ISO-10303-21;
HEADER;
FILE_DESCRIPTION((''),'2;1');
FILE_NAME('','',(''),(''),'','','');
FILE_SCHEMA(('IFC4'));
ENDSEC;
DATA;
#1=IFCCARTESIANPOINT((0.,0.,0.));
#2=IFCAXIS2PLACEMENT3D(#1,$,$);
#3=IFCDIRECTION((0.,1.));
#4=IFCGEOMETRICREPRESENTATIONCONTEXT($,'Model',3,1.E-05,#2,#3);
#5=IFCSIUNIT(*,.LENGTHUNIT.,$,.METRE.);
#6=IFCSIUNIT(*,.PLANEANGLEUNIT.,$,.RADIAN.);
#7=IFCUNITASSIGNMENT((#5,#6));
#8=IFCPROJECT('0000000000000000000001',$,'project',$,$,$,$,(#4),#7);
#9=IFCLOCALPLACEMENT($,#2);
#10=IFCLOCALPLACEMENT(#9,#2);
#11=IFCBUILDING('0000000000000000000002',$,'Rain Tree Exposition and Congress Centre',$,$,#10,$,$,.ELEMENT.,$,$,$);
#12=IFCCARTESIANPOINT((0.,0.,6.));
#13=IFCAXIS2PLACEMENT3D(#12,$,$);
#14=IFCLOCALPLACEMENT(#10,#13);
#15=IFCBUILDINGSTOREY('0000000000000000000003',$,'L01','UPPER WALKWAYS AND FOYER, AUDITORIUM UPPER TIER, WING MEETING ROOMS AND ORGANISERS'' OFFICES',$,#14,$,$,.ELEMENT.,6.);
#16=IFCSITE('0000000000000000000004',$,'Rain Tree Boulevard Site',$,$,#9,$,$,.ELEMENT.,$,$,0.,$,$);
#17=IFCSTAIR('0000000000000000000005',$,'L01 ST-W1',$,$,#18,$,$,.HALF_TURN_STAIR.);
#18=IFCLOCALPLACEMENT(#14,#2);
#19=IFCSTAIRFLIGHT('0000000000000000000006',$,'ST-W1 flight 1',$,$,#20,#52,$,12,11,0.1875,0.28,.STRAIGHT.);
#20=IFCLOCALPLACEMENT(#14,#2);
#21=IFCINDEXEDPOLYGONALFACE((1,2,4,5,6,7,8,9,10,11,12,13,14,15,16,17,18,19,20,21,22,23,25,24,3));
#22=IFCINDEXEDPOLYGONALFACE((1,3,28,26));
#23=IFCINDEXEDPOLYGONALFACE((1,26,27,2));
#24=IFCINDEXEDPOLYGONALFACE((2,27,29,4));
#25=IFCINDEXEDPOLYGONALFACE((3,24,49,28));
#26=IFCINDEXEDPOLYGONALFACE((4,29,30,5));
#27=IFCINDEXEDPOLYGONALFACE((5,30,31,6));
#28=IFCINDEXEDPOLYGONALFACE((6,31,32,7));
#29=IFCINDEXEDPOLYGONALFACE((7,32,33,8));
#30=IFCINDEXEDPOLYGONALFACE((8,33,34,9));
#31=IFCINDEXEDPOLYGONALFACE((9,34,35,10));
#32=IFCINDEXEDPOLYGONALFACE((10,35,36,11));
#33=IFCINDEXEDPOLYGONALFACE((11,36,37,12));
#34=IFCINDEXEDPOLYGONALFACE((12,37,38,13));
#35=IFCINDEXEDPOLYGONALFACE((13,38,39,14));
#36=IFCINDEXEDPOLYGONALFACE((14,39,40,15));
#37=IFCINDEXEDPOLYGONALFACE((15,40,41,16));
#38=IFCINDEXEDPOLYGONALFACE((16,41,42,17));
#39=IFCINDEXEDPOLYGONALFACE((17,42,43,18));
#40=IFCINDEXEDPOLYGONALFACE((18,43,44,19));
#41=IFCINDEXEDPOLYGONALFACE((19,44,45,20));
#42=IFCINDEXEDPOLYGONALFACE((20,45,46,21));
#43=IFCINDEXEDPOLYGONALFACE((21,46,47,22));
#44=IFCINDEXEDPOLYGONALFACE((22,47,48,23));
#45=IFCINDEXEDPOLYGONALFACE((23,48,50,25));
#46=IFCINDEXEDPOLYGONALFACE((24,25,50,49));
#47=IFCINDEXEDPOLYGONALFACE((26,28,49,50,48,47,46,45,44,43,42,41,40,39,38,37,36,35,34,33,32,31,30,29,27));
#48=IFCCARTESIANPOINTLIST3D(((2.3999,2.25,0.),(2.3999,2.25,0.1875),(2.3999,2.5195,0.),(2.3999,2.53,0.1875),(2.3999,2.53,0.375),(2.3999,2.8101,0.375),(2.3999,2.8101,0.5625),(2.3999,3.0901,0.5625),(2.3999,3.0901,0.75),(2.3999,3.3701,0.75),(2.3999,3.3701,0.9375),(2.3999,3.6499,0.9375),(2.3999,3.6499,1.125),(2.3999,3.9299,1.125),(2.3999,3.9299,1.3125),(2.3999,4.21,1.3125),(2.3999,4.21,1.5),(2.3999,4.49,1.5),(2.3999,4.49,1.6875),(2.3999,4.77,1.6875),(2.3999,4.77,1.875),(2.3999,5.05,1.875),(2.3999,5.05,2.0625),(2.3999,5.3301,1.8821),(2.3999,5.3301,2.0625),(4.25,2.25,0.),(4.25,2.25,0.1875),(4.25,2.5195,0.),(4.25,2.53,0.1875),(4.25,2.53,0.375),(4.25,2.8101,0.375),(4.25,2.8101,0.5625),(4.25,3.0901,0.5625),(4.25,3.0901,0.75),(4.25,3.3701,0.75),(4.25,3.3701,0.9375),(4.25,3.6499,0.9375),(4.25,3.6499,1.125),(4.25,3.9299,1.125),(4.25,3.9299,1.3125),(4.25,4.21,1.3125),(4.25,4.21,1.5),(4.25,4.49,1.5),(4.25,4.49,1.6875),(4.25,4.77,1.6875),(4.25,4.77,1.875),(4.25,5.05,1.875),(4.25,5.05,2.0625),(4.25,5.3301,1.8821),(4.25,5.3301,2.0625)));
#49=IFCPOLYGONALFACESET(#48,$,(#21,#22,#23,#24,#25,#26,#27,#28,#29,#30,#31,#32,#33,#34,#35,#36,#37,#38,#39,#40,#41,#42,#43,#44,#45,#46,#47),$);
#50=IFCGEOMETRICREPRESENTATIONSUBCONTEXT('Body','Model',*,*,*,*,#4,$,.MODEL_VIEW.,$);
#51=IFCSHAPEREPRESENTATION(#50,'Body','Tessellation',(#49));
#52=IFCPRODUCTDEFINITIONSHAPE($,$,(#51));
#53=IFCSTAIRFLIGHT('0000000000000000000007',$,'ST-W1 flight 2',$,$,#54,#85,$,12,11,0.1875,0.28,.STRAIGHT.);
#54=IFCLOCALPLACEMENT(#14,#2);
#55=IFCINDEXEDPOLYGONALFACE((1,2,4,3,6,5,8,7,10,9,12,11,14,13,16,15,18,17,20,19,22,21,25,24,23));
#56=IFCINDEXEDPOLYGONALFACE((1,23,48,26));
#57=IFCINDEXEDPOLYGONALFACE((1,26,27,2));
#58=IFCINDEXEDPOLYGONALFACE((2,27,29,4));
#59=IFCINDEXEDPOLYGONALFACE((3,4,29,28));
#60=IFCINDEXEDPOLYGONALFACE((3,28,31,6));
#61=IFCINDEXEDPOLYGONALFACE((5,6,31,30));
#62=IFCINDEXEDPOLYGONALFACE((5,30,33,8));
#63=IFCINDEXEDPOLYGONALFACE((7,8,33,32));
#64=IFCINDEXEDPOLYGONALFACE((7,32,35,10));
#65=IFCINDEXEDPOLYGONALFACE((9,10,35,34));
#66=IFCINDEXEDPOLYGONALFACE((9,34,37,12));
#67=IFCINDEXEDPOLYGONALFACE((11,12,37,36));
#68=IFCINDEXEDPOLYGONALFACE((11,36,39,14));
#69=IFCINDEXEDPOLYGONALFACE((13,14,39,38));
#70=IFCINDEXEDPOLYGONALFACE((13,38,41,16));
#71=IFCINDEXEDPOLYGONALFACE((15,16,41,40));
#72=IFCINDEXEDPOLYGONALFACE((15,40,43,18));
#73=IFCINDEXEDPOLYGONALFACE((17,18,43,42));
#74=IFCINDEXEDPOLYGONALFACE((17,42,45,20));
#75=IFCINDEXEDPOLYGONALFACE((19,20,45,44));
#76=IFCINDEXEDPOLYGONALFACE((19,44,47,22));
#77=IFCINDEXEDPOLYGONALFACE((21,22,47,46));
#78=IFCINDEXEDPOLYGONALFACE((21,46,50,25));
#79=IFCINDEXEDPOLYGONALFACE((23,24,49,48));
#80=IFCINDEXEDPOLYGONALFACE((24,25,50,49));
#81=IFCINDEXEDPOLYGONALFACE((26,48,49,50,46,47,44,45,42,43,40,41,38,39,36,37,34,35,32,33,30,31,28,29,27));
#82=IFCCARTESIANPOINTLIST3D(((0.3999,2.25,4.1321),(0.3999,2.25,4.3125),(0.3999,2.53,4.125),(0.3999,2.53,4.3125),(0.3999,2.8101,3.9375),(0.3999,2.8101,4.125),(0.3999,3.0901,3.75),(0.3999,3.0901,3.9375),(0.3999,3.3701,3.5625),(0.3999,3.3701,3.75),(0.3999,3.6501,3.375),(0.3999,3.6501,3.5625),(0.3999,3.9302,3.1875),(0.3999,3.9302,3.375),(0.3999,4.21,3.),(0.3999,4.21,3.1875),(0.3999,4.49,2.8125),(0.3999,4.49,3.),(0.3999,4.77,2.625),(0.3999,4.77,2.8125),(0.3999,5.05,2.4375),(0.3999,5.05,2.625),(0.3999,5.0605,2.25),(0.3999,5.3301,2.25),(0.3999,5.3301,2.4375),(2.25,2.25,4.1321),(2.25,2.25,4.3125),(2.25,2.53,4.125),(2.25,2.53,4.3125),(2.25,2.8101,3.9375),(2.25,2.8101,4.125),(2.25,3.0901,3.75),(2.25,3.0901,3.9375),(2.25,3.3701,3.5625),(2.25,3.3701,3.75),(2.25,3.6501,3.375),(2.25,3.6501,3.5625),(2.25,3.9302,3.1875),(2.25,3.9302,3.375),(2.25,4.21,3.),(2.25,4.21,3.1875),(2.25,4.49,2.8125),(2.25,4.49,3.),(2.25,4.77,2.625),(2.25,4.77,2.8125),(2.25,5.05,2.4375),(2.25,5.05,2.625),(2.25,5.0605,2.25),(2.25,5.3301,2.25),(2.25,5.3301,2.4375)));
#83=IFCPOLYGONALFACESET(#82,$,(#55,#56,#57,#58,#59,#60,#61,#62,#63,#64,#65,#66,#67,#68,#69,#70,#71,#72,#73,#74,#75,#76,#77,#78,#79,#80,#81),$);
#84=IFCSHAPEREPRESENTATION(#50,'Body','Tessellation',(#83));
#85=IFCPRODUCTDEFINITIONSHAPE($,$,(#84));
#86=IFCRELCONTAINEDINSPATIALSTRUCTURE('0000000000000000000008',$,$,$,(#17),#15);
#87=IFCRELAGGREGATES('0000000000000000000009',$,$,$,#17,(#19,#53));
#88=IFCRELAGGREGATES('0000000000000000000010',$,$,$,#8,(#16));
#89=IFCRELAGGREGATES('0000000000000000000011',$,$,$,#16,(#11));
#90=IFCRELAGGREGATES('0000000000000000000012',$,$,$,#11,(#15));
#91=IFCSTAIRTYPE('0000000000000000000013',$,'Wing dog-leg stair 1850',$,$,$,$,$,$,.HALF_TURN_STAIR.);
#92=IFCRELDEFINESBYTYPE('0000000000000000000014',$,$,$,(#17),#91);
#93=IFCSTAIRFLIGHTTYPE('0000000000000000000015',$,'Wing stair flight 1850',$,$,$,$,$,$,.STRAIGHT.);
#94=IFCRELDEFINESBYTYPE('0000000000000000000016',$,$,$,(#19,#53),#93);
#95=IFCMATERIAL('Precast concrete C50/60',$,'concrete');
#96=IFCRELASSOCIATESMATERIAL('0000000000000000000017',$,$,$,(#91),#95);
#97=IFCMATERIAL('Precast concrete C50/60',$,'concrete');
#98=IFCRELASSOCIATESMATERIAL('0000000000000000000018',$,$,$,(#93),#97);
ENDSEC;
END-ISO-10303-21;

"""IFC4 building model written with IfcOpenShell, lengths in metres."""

from ifc_helpers import new_model, si_unit, direction, frame, origin, place, context, subcontext, project, spatial, polyline, outline, extrude, material, type_object, element, aggregate, save


model = new_model("IFC4")

# Units and contexts
model_context = context("Model", 3, precision=1e-05, world=origin(), true_north=direction((0.0, 1.0)))
body_context = subcontext(model_context, "Body", "Model", "MODEL_VIEW")
ifc_project = project(units=[si_unit("LENGTHUNIT", "METRE"), si_unit("PLANEANGLEUNIT", "RADIAN")], contexts=[model_context])

# Site, building, storey
site_placement = place(None, origin())
site = spatial("IfcSite", under=ifc_project, at=site_placement, Name="Rain Tree Boulevard Site", CompositionType="ELEMENT", RefElevation=0.0)
building_placement = place(site_placement, origin())
building = spatial("IfcBuilding", under=site, at=building_placement, Name="Rain Tree Exposition and Congress Centre", CompositionType="ELEMENT")
storey_placement = place(building_placement, frame((0.0, 0.0, 6.0)))
storey = spatial("IfcBuildingStorey", under=building, at=storey_placement, Name="L01", Description="UPPER WALKWAYS AND FOYER, AUDITORIUM UPPER TIER, WING MEETING ROOMS AND ORGANISERS' OFFICES", CompositionType="ELEMENT", Elevation=6.0)

# Stair
ifc_material_1 = material(Name="Precast concrete C50/60", Category="concrete")
stair_type = type_object("IfcStairType", Name="Wing dog-leg stair 1850", PredefinedType="HALF_TURN_STAIR", material=ifc_material_1)
stair_1_placement = place(storey_placement, origin())
stair_1 = element("IfcStair", 1, at=stair_1_placement, inside=storey, type_object=stair_type, Name="L01 ST-W1", PredefinedType="HALF_TURN_STAIR")

# Stair flights
ifc_material_2 = material(Name="Precast concrete C50/60", Category="concrete")
stair_flight_type = type_object("IfcStairFlightType", Name="Wing stair flight 1850", PredefinedType="STRAIGHT", material=ifc_material_2)
stair_flight_1_placement = place(storey_placement, frame((3.325, 2.25, 0.0), z_axis=(0.0, 0.0, 1.0), x_axis=(0.0, 1.0, 0.0)))
stair_flight_1 = element("IfcStairFlight", 2, at=stair_flight_1_placement, type_object=stair_flight_type, Name="ST-W1 flight 1", NumberOfRisers=12, NumberOfTreads=11, PredefinedType="STRAIGHT", RiserHeight=0.1875, TreadLength=0.28, context=body_context, shape_type="SweptSolid", body=[
    extrude(outline(polyline([(0.0, 0.0), (0.0, 0.1875), (0.28, 0.1875), (0.28, 0.375), (0.5601, 0.375), (0.5601, 0.5625), (0.8401, 0.5625), (0.8401, 0.75), (1.1201, 0.75), (1.1201, 0.9375), (1.3999, 0.9375), (1.3999, 1.125), (1.6799, 1.125), (1.6799, 1.3125), (1.96, 1.3125), (1.96, 1.5), (2.24, 1.5), (2.24, 1.6875), (2.52, 1.6875), (2.52, 1.875), (2.8, 1.875), (2.8, 2.0625), (3.0801, 2.0625), (3.0801, 2.25), (3.0801, 1.8821), (0.2695, 0.0), (0.0, 0.0)])), frame((0.0, 0.925, 0.0), z_axis=(0.0, -1.0, 0.0), x_axis=(1.0, 0.0, 0.0)), (0.0, 0.0, 1.0), 1.8501),
])
stair_flight_2_placement = place(storey_placement, frame((1.325, 5.3301, 2.25), z_axis=(0.0, 0.0, 1.0), x_axis=(0.0, -1.0, 0.0)))
stair_flight_2 = element("IfcStairFlight", 3, at=stair_flight_2_placement, type_object=stair_flight_type, Name="ST-W1 flight 2", NumberOfRisers=12, NumberOfTreads=11, PredefinedType="STRAIGHT", RiserHeight=0.1875, TreadLength=0.28, context=body_context, shape_type="SweptSolid", body=[
    extrude(outline(polyline([(0.0, 0.0), (0.0, 0.1875), (0.28, 0.1875), (0.28, 0.375), (0.5601, 0.375), (0.5601, 0.5625), (0.8401, 0.5625), (0.8401, 0.75), (1.1201, 0.75), (1.1201, 0.9375), (1.3999, 0.9375), (1.3999, 1.125), (1.6799, 1.125), (1.6799, 1.3125), (1.96, 1.3125), (1.96, 1.5), (2.24, 1.5), (2.24, 1.6875), (2.52, 1.6875), (2.52, 1.875), (2.8, 1.875), (2.8, 2.0625), (3.0801, 2.0625), (3.0801, 2.25), (3.0801, 1.8821), (0.2695, 0.0), (0.0, 0.0)])), frame((0.0, 0.925, 0.0), z_axis=(0.0, -1.0, 0.0), x_axis=(1.0, 0.0, 0.0)), (0.0, 0.0, 1.0), 1.8501),
])
aggregate(stair_1, [stair_flight_1, stair_flight_2])

save(model, "model.ifc")
